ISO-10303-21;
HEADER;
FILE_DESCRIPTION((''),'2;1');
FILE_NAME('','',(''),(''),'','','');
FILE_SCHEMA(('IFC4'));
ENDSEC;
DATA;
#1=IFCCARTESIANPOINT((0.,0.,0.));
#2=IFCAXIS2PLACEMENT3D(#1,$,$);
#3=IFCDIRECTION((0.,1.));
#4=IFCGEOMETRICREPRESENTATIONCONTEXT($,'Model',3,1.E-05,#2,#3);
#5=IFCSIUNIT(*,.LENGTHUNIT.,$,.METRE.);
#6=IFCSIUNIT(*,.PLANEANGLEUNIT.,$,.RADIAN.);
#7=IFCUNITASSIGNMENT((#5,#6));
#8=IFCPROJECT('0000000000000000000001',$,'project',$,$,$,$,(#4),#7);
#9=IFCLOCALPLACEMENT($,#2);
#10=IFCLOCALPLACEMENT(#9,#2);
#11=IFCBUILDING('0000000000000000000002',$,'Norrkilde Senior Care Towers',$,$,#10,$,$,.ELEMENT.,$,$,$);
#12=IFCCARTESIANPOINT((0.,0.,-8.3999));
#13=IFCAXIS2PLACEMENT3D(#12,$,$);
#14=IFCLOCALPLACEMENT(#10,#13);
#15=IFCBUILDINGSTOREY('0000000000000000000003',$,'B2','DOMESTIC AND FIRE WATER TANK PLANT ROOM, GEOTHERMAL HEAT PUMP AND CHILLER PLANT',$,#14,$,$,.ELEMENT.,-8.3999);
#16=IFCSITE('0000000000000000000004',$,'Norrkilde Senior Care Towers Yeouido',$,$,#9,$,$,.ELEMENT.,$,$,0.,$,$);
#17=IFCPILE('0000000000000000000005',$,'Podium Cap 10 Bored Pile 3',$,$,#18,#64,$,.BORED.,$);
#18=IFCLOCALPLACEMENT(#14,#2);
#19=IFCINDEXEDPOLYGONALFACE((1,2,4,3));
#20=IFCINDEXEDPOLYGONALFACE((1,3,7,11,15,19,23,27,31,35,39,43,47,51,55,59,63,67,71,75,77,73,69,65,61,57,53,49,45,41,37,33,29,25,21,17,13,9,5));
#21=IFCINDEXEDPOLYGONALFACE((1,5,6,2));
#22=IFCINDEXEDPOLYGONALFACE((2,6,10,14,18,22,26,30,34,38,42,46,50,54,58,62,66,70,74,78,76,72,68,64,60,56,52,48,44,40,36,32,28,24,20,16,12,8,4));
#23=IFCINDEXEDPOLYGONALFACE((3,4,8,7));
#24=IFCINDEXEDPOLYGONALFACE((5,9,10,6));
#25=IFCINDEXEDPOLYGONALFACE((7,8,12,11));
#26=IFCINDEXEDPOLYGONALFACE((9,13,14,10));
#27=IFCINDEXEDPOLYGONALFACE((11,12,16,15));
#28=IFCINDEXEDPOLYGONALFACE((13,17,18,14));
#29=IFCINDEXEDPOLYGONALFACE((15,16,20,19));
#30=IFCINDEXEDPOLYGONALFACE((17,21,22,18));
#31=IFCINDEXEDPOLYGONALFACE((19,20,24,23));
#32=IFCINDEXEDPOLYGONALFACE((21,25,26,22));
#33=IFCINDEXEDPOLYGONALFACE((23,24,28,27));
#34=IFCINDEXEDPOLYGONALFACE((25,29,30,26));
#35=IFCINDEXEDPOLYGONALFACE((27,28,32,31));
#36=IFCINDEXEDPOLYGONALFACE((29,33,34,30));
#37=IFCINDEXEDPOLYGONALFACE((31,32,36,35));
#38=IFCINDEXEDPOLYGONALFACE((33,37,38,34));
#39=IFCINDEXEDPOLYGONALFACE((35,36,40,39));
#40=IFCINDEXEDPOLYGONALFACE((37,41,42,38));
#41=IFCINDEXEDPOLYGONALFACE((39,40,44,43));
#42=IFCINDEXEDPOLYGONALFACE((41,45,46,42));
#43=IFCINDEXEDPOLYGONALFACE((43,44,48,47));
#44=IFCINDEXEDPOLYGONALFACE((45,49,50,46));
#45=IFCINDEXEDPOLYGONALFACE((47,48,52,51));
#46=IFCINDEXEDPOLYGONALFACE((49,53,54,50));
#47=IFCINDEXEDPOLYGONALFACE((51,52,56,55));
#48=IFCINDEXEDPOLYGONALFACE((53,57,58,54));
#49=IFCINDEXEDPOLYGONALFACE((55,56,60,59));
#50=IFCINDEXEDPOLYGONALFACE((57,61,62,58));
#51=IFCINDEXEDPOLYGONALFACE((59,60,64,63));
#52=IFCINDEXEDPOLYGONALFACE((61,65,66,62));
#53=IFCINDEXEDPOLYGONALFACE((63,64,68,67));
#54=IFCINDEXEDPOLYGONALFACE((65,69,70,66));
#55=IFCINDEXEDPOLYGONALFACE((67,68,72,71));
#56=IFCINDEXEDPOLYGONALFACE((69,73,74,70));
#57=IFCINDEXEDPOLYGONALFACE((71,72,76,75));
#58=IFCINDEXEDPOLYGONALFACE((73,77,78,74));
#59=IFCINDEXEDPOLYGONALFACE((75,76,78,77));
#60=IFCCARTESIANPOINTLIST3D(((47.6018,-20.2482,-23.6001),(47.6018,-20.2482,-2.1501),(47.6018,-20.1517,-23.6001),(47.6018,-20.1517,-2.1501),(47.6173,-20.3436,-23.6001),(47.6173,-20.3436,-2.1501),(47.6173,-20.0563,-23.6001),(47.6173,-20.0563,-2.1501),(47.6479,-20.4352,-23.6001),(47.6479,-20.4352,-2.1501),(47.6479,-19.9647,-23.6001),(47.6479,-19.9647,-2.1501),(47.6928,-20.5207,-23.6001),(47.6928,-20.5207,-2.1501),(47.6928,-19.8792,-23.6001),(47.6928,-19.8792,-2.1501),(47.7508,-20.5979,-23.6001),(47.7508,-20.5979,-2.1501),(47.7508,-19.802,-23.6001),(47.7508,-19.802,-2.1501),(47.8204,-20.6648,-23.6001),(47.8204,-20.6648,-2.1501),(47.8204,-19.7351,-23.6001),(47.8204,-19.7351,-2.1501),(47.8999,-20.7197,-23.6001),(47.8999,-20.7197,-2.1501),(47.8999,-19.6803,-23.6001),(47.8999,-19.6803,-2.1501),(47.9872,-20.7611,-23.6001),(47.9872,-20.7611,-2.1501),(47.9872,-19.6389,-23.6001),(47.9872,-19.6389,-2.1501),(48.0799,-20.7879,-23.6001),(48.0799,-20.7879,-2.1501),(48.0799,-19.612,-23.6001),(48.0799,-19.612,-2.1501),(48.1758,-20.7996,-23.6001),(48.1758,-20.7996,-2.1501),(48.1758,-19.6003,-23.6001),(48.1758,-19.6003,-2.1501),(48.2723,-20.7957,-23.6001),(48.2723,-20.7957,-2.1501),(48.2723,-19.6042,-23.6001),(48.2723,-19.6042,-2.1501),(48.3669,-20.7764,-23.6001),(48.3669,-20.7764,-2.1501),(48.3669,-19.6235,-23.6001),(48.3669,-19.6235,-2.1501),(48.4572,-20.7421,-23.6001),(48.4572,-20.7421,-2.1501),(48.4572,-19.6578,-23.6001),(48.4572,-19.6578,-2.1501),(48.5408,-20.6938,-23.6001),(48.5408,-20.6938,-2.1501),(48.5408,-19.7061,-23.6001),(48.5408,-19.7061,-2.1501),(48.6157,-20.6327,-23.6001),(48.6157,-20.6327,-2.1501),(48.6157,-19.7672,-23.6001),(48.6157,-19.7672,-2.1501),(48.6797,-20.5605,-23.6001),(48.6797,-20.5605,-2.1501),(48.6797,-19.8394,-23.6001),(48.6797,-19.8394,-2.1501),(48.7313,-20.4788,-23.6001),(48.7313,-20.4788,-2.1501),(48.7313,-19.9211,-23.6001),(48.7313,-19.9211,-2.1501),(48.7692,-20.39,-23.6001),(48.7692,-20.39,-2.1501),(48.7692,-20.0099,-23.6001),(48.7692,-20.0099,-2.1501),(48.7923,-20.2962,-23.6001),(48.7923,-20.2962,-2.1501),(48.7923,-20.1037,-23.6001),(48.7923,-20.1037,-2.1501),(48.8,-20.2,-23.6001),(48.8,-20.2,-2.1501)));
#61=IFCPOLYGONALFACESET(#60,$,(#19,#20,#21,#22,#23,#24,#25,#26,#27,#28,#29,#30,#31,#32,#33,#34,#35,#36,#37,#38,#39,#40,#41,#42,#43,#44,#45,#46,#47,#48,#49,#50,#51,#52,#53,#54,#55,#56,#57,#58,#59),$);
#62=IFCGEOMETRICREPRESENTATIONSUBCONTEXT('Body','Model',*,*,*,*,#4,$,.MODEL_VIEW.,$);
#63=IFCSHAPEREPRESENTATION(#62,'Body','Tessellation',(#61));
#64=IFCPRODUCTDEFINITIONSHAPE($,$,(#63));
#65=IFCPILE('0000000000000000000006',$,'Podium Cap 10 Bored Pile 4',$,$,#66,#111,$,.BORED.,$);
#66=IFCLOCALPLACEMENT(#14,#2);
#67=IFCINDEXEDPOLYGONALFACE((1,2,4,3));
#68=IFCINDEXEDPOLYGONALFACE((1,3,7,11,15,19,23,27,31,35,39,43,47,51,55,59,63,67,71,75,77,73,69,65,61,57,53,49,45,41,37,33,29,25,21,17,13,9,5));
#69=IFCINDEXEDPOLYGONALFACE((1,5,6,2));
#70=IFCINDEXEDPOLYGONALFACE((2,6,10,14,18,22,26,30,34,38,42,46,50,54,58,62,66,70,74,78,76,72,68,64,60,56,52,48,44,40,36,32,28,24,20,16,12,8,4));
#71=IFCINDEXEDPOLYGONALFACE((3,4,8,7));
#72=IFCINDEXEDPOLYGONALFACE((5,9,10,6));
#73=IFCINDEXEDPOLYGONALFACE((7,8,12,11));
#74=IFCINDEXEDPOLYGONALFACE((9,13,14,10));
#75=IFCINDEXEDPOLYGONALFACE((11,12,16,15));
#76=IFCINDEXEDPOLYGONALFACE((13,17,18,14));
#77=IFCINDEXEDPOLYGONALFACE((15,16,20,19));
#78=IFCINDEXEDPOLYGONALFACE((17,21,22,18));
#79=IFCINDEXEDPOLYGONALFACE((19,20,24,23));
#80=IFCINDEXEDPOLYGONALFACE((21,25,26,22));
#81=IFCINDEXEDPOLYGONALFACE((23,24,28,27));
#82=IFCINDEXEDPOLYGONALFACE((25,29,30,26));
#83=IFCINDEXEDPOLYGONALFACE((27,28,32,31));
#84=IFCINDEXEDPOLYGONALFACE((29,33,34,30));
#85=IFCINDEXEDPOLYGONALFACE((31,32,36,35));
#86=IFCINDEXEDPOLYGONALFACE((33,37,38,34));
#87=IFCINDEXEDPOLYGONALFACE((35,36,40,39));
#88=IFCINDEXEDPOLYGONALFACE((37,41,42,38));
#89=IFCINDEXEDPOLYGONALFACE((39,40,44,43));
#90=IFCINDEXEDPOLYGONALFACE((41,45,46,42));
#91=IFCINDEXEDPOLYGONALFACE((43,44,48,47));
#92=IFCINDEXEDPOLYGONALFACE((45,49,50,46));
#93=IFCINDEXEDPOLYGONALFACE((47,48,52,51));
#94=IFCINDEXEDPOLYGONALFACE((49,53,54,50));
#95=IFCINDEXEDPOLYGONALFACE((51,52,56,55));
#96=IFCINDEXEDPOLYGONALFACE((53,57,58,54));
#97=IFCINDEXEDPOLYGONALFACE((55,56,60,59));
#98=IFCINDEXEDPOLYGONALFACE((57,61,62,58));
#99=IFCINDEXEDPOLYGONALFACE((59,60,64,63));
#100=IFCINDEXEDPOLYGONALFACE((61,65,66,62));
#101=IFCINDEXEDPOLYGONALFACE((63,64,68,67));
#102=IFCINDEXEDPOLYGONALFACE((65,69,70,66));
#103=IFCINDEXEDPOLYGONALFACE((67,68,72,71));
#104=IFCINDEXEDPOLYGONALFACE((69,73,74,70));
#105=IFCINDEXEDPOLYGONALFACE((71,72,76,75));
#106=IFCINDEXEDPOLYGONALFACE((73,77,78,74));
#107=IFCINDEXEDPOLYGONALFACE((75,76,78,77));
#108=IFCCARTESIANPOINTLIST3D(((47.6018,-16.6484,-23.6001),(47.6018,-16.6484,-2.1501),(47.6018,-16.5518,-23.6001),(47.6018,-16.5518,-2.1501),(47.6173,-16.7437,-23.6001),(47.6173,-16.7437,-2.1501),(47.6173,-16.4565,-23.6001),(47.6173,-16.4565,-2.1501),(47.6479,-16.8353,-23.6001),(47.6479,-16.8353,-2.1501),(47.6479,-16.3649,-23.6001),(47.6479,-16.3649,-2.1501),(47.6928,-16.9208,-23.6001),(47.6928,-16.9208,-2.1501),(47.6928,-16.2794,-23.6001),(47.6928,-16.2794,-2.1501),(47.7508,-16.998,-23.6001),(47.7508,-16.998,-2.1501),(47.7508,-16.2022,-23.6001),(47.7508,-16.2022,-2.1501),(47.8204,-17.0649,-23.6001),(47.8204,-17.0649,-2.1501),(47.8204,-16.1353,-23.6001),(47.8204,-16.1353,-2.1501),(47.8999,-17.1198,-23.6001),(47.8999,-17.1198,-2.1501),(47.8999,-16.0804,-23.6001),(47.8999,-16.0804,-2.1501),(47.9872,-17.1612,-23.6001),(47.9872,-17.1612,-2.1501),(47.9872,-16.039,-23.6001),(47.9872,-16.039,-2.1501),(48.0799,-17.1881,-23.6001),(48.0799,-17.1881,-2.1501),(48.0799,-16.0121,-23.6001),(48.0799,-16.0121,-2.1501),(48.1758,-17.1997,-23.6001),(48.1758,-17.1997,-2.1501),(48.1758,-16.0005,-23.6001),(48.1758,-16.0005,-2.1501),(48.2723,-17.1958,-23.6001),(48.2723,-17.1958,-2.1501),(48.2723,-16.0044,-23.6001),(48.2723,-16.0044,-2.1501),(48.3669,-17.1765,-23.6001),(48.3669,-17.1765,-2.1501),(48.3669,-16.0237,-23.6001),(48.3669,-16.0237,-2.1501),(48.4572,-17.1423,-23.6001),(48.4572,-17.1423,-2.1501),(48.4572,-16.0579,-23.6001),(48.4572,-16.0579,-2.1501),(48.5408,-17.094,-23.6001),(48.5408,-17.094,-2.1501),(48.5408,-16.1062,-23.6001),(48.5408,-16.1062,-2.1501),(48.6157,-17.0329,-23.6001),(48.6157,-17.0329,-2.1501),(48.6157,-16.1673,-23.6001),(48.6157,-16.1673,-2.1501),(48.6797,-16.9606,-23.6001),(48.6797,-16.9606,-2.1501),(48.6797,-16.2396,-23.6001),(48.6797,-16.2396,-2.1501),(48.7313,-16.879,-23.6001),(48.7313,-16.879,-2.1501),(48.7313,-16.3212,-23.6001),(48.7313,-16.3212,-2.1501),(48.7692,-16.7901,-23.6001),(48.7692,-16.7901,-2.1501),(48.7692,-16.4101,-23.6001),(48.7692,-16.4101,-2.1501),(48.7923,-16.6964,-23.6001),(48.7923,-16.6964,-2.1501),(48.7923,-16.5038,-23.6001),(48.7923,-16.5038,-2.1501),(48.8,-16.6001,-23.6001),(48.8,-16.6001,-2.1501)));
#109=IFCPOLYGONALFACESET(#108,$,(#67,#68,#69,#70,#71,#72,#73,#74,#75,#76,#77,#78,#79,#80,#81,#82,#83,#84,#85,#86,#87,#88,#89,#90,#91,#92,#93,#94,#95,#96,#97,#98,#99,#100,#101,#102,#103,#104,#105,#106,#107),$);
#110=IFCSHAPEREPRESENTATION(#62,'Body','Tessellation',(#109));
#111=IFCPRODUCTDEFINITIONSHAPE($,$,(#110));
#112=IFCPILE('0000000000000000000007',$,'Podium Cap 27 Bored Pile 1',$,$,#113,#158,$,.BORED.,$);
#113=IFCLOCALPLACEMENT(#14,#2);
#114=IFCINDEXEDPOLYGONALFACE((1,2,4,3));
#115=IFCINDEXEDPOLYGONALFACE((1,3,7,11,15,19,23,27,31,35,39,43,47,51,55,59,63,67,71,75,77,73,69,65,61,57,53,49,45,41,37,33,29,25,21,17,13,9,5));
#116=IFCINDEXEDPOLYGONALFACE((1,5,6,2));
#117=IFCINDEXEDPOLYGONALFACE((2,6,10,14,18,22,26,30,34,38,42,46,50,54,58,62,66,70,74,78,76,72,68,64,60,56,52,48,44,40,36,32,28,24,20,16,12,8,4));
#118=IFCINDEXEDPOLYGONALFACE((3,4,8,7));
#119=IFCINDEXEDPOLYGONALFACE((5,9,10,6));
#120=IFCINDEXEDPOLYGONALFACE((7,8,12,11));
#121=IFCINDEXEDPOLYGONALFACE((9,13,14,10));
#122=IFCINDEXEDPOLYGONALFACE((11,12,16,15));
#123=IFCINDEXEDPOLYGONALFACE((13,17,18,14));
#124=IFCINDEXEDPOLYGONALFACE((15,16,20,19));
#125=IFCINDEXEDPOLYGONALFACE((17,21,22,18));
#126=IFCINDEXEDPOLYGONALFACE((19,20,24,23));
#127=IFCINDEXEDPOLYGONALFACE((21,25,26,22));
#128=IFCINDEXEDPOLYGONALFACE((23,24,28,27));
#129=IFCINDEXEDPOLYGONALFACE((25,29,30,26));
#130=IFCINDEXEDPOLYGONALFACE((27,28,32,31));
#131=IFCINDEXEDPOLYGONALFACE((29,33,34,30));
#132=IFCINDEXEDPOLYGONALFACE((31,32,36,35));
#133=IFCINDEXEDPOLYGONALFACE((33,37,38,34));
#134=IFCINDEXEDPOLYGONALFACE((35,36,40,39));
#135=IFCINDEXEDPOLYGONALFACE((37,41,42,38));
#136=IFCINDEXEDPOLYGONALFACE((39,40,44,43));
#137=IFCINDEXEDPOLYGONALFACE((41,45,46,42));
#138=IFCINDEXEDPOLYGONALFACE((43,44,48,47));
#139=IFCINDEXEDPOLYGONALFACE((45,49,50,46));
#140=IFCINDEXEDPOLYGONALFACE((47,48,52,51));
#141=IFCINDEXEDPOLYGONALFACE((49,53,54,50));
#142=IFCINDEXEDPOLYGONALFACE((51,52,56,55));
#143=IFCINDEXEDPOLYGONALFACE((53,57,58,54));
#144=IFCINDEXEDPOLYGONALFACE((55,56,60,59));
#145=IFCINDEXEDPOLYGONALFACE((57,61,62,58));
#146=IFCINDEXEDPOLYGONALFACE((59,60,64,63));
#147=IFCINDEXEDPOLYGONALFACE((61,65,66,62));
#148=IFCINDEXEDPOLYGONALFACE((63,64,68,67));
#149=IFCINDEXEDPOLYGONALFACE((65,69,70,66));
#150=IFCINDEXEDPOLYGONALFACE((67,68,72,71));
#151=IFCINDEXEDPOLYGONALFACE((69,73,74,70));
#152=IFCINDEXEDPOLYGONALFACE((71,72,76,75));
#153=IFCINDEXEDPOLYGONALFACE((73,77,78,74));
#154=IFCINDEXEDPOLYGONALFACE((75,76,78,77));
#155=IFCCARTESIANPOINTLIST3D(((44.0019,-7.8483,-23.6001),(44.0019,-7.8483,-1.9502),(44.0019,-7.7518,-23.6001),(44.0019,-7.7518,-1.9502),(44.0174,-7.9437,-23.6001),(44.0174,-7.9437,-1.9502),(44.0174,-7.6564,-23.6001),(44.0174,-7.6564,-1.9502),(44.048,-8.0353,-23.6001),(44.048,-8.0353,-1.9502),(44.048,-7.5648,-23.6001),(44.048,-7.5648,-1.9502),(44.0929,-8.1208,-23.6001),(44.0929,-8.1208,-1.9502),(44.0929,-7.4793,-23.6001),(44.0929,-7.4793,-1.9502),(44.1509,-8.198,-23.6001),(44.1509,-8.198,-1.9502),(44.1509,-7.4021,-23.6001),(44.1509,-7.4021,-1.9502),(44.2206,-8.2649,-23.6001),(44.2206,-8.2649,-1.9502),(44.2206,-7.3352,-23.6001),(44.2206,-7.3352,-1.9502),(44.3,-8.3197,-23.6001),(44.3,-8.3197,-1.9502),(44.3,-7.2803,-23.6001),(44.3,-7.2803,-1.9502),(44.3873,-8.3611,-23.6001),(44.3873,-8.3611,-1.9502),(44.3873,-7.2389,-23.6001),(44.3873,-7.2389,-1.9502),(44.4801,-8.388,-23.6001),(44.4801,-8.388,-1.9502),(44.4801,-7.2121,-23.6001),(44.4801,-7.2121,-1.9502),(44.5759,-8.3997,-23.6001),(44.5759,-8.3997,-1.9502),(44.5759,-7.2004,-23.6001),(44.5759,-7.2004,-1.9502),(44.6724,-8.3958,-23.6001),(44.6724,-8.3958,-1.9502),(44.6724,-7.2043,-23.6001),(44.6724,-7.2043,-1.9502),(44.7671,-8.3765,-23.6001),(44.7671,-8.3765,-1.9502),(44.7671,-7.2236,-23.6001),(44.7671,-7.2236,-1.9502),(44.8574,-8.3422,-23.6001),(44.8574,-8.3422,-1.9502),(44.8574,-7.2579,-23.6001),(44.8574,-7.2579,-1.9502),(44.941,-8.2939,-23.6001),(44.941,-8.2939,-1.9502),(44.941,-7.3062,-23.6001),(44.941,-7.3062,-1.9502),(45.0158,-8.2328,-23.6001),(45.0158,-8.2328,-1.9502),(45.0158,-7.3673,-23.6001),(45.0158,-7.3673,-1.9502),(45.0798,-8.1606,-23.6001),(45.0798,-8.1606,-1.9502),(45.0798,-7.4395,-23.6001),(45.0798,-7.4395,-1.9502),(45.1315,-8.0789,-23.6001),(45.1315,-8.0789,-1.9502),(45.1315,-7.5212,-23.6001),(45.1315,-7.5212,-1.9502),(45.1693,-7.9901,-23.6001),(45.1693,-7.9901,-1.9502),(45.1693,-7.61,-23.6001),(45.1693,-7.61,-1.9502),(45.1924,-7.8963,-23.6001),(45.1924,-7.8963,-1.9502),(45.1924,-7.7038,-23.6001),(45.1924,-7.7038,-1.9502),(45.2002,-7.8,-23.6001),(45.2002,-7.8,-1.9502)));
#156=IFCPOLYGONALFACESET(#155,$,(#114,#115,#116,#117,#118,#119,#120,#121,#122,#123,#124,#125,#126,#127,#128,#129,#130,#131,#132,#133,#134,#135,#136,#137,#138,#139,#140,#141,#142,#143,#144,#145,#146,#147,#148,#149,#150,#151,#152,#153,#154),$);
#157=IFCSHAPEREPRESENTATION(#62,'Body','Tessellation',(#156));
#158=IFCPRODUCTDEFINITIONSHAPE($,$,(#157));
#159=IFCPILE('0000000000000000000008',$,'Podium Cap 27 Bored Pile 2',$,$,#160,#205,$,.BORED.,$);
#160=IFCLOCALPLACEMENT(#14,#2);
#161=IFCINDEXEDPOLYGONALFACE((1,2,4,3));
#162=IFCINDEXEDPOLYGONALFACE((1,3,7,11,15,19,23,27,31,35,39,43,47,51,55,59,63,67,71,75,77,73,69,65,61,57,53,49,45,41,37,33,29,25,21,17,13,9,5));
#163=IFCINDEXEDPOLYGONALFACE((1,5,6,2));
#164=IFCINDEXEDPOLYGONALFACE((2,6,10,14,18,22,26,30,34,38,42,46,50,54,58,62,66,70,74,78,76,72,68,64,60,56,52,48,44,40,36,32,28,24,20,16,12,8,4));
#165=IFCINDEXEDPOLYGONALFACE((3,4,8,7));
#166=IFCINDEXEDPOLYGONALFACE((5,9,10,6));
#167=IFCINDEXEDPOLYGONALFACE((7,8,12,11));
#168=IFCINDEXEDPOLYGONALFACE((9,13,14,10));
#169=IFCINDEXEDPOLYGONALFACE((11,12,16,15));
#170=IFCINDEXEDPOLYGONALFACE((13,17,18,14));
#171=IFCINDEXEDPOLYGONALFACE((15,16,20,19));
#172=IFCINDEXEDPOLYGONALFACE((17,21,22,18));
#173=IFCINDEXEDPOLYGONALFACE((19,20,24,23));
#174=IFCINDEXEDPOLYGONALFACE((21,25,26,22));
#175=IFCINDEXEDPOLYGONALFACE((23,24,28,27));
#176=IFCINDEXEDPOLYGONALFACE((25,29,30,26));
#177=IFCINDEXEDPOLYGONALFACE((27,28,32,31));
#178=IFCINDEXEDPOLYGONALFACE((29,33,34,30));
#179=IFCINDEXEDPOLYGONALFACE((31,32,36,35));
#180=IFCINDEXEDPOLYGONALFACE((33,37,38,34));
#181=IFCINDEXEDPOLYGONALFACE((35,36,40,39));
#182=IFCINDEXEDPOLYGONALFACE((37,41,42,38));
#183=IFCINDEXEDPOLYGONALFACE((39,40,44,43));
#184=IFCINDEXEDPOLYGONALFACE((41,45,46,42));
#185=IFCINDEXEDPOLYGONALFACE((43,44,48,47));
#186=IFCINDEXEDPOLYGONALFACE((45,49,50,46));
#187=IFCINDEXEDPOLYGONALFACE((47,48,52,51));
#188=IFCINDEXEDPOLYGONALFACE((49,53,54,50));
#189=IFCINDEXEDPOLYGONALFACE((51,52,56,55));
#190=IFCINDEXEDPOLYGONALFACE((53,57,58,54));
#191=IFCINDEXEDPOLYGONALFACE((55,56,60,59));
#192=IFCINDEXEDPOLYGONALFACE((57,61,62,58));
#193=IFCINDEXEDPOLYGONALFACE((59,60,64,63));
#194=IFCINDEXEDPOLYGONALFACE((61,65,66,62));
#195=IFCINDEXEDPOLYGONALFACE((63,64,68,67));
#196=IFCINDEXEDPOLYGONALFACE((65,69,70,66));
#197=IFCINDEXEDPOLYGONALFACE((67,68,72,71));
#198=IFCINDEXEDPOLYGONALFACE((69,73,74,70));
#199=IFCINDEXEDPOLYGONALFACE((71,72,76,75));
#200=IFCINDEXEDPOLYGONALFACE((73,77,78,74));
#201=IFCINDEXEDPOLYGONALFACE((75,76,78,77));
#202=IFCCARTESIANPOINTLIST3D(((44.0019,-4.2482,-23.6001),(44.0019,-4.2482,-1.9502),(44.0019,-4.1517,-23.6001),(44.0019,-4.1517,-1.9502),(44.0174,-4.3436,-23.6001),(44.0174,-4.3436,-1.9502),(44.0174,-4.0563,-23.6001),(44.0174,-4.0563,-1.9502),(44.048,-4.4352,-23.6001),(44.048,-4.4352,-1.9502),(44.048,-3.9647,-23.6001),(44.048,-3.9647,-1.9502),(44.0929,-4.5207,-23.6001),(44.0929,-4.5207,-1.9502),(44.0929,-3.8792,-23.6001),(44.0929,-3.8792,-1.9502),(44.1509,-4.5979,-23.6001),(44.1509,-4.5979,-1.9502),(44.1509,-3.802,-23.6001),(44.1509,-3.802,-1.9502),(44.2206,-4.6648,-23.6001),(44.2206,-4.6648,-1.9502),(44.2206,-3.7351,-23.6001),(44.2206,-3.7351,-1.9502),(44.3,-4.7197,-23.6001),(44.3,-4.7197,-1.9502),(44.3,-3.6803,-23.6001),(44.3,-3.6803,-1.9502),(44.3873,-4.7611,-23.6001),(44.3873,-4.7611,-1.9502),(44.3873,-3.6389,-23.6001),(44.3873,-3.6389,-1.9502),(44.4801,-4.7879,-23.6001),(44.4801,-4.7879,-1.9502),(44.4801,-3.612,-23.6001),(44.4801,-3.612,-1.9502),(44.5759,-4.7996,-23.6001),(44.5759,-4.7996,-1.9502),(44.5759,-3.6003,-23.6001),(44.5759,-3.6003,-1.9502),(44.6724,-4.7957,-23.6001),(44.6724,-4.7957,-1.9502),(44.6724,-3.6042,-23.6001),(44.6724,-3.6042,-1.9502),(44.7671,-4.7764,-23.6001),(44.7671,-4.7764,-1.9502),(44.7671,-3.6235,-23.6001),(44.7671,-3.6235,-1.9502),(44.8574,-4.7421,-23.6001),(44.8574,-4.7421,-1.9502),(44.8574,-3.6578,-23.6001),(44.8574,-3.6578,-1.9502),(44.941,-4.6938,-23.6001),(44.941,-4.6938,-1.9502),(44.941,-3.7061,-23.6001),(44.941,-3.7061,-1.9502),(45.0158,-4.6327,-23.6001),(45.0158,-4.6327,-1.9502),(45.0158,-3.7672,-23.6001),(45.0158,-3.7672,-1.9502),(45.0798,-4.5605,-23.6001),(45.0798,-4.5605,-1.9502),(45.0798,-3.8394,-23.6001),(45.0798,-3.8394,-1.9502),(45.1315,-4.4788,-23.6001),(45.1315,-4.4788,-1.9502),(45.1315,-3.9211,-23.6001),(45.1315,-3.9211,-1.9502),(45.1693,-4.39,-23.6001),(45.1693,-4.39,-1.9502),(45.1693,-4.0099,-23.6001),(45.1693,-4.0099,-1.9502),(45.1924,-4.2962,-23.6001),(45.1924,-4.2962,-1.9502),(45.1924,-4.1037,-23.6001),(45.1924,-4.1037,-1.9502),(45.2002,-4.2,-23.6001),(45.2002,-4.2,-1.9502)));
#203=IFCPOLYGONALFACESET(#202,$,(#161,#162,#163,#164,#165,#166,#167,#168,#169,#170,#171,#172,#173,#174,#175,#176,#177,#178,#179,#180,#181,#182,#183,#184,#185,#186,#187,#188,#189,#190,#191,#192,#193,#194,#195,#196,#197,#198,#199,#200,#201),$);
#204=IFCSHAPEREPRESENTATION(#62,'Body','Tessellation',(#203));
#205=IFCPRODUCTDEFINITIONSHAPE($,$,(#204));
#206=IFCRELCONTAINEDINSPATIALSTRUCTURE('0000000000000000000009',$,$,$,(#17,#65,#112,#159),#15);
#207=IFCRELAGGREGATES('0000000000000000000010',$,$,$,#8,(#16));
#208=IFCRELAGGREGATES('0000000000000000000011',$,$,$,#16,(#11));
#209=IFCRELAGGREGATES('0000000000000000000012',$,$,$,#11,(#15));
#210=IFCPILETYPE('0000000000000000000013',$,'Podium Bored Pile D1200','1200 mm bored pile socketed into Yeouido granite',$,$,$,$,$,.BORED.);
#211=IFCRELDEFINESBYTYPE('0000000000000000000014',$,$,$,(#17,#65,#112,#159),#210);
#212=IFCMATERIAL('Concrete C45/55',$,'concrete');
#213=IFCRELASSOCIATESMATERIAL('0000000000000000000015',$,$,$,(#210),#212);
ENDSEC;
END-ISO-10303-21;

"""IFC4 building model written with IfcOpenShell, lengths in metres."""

from ifc_helpers import new_model, si_unit, direction, frame, origin, origin_2d, place, context, subcontext, project, spatial, circle, extrude, source, transform, mapped, material, material_profile, profile_set, type_object, type_shapes, element, save


model = new_model("IFC4")

# Units and contexts
model_context = context("Model", 3, precision=1e-05, world=origin(), true_north=direction((0.0, 1.0)))
body_context = subcontext(model_context, "Body", "Model", "MODEL_VIEW")
ifc_project = project(units=[si_unit("LENGTHUNIT", "METRE"), si_unit("PLANEANGLEUNIT", "RADIAN")], contexts=[model_context])

# Site, building, storey
site_placement = place(None, origin())
site = spatial("IfcSite", under=ifc_project, at=site_placement, Name="Norrkilde Senior Care Towers Yeouido", CompositionType="ELEMENT", RefElevation=0.0)
building_placement = place(site_placement, origin())
building = spatial("IfcBuilding", under=site, at=building_placement, Name="Norrkilde Senior Care Towers", CompositionType="ELEMENT")
storey_placement = place(building_placement, frame((0.0, 0.0, -8.3999)))
storey = spatial("IfcBuildingStorey", under=building, at=storey_placement, Name="B2", Description="DOMESTIC AND FIRE WATER TANK PLANT ROOM, GEOTHERMAL HEAT PUMP AND CHILLER PLANT", CompositionType="ELEMENT", Elevation=-8.3999)

# Piles
ifc_material_1 = material(Name="Concrete C45/55", Category="concrete")
ifc_material_profile_1 = material_profile(ifc_material_1, circle(Radius=0.6001, at=origin_2d()), Name="BORED PILE 1200")
ifc_profile_set_1 = profile_set([ifc_material_profile_1], Name="Concrete C45/55")
pile_type_1 = type_object("IfcPileType", Name="Podium Bored Pile D1200", Description="1200 mm bored pile socketed into Yeouido granite", PredefinedType="BORED", material=ifc_profile_set_1)
shared_shape_1 = source(origin(), body_context, "Body", "SweptSolid", [
    extrude(circle(Radius=0.6001, at=origin_2d()), origin(), (0.0, 0.0, 1.0), 21.45),
])
for number, where, z_axis, x_axis, name in (
    (1, (48.2, -20.2, -2.1501), (0.0, 0.0, -1.0), (1.0, 0.0, 0.0), "Podium Cap 10 Bored Pile 3"),
    (2, (48.2, -16.6001, -2.1501), (0.0, 0.0, -1.0), (1.0, 0.0, 0.0), "Podium Cap 10 Bored Pile 4"),
):
    element("IfcPile", number, at=place(storey_placement, frame(where, z_axis=z_axis, x_axis=x_axis)), inside=storey, type_object=pile_type_1, Name=name, PredefinedType="BORED", context=body_context, shape_type="MappedRepresentation", body=[
        mapped(shared_shape_1, transform((0.0, 0.0, 0.0), x_axis=(1.0, 0.0, 0.0), y_axis=(0.0, 1.0, 0.0), z_axis=(0.0, 0.0, 1.0), scale=1.0)),
    ])
shared_shape_2 = source(origin(), body_context, "Body", "SweptSolid", [
    extrude(circle(Radius=0.6001, at=origin_2d()), origin(), (0.0, 0.0, 1.0), 21.6499),
])
type_shapes(pile_type_1, [shared_shape_1, shared_shape_2])
for number, where, z_axis, x_axis, name in (
    (3, (44.6001, -7.8, -1.9502), (0.0, 0.0, -1.0), (1.0, 0.0, 0.0), "Podium Cap 27 Bored Pile 1"),
    (4, (44.6001, -4.2, -1.9502), (0.0, 0.0, -1.0), (1.0, 0.0, 0.0), "Podium Cap 27 Bored Pile 2"),
):
    element("IfcPile", number, at=place(storey_placement, frame(where, z_axis=z_axis, x_axis=x_axis)), inside=storey, type_object=pile_type_1, Name=name, PredefinedType="BORED", context=body_context, shape_type="MappedRepresentation", body=[
        mapped(shared_shape_2, transform((0.0, 0.0, 0.0), x_axis=(1.0, 0.0, 0.0), y_axis=(0.0, 1.0, 0.0), z_axis=(0.0, 0.0, 1.0), scale=1.0)),
    ])

save(model, "model.ifc")
